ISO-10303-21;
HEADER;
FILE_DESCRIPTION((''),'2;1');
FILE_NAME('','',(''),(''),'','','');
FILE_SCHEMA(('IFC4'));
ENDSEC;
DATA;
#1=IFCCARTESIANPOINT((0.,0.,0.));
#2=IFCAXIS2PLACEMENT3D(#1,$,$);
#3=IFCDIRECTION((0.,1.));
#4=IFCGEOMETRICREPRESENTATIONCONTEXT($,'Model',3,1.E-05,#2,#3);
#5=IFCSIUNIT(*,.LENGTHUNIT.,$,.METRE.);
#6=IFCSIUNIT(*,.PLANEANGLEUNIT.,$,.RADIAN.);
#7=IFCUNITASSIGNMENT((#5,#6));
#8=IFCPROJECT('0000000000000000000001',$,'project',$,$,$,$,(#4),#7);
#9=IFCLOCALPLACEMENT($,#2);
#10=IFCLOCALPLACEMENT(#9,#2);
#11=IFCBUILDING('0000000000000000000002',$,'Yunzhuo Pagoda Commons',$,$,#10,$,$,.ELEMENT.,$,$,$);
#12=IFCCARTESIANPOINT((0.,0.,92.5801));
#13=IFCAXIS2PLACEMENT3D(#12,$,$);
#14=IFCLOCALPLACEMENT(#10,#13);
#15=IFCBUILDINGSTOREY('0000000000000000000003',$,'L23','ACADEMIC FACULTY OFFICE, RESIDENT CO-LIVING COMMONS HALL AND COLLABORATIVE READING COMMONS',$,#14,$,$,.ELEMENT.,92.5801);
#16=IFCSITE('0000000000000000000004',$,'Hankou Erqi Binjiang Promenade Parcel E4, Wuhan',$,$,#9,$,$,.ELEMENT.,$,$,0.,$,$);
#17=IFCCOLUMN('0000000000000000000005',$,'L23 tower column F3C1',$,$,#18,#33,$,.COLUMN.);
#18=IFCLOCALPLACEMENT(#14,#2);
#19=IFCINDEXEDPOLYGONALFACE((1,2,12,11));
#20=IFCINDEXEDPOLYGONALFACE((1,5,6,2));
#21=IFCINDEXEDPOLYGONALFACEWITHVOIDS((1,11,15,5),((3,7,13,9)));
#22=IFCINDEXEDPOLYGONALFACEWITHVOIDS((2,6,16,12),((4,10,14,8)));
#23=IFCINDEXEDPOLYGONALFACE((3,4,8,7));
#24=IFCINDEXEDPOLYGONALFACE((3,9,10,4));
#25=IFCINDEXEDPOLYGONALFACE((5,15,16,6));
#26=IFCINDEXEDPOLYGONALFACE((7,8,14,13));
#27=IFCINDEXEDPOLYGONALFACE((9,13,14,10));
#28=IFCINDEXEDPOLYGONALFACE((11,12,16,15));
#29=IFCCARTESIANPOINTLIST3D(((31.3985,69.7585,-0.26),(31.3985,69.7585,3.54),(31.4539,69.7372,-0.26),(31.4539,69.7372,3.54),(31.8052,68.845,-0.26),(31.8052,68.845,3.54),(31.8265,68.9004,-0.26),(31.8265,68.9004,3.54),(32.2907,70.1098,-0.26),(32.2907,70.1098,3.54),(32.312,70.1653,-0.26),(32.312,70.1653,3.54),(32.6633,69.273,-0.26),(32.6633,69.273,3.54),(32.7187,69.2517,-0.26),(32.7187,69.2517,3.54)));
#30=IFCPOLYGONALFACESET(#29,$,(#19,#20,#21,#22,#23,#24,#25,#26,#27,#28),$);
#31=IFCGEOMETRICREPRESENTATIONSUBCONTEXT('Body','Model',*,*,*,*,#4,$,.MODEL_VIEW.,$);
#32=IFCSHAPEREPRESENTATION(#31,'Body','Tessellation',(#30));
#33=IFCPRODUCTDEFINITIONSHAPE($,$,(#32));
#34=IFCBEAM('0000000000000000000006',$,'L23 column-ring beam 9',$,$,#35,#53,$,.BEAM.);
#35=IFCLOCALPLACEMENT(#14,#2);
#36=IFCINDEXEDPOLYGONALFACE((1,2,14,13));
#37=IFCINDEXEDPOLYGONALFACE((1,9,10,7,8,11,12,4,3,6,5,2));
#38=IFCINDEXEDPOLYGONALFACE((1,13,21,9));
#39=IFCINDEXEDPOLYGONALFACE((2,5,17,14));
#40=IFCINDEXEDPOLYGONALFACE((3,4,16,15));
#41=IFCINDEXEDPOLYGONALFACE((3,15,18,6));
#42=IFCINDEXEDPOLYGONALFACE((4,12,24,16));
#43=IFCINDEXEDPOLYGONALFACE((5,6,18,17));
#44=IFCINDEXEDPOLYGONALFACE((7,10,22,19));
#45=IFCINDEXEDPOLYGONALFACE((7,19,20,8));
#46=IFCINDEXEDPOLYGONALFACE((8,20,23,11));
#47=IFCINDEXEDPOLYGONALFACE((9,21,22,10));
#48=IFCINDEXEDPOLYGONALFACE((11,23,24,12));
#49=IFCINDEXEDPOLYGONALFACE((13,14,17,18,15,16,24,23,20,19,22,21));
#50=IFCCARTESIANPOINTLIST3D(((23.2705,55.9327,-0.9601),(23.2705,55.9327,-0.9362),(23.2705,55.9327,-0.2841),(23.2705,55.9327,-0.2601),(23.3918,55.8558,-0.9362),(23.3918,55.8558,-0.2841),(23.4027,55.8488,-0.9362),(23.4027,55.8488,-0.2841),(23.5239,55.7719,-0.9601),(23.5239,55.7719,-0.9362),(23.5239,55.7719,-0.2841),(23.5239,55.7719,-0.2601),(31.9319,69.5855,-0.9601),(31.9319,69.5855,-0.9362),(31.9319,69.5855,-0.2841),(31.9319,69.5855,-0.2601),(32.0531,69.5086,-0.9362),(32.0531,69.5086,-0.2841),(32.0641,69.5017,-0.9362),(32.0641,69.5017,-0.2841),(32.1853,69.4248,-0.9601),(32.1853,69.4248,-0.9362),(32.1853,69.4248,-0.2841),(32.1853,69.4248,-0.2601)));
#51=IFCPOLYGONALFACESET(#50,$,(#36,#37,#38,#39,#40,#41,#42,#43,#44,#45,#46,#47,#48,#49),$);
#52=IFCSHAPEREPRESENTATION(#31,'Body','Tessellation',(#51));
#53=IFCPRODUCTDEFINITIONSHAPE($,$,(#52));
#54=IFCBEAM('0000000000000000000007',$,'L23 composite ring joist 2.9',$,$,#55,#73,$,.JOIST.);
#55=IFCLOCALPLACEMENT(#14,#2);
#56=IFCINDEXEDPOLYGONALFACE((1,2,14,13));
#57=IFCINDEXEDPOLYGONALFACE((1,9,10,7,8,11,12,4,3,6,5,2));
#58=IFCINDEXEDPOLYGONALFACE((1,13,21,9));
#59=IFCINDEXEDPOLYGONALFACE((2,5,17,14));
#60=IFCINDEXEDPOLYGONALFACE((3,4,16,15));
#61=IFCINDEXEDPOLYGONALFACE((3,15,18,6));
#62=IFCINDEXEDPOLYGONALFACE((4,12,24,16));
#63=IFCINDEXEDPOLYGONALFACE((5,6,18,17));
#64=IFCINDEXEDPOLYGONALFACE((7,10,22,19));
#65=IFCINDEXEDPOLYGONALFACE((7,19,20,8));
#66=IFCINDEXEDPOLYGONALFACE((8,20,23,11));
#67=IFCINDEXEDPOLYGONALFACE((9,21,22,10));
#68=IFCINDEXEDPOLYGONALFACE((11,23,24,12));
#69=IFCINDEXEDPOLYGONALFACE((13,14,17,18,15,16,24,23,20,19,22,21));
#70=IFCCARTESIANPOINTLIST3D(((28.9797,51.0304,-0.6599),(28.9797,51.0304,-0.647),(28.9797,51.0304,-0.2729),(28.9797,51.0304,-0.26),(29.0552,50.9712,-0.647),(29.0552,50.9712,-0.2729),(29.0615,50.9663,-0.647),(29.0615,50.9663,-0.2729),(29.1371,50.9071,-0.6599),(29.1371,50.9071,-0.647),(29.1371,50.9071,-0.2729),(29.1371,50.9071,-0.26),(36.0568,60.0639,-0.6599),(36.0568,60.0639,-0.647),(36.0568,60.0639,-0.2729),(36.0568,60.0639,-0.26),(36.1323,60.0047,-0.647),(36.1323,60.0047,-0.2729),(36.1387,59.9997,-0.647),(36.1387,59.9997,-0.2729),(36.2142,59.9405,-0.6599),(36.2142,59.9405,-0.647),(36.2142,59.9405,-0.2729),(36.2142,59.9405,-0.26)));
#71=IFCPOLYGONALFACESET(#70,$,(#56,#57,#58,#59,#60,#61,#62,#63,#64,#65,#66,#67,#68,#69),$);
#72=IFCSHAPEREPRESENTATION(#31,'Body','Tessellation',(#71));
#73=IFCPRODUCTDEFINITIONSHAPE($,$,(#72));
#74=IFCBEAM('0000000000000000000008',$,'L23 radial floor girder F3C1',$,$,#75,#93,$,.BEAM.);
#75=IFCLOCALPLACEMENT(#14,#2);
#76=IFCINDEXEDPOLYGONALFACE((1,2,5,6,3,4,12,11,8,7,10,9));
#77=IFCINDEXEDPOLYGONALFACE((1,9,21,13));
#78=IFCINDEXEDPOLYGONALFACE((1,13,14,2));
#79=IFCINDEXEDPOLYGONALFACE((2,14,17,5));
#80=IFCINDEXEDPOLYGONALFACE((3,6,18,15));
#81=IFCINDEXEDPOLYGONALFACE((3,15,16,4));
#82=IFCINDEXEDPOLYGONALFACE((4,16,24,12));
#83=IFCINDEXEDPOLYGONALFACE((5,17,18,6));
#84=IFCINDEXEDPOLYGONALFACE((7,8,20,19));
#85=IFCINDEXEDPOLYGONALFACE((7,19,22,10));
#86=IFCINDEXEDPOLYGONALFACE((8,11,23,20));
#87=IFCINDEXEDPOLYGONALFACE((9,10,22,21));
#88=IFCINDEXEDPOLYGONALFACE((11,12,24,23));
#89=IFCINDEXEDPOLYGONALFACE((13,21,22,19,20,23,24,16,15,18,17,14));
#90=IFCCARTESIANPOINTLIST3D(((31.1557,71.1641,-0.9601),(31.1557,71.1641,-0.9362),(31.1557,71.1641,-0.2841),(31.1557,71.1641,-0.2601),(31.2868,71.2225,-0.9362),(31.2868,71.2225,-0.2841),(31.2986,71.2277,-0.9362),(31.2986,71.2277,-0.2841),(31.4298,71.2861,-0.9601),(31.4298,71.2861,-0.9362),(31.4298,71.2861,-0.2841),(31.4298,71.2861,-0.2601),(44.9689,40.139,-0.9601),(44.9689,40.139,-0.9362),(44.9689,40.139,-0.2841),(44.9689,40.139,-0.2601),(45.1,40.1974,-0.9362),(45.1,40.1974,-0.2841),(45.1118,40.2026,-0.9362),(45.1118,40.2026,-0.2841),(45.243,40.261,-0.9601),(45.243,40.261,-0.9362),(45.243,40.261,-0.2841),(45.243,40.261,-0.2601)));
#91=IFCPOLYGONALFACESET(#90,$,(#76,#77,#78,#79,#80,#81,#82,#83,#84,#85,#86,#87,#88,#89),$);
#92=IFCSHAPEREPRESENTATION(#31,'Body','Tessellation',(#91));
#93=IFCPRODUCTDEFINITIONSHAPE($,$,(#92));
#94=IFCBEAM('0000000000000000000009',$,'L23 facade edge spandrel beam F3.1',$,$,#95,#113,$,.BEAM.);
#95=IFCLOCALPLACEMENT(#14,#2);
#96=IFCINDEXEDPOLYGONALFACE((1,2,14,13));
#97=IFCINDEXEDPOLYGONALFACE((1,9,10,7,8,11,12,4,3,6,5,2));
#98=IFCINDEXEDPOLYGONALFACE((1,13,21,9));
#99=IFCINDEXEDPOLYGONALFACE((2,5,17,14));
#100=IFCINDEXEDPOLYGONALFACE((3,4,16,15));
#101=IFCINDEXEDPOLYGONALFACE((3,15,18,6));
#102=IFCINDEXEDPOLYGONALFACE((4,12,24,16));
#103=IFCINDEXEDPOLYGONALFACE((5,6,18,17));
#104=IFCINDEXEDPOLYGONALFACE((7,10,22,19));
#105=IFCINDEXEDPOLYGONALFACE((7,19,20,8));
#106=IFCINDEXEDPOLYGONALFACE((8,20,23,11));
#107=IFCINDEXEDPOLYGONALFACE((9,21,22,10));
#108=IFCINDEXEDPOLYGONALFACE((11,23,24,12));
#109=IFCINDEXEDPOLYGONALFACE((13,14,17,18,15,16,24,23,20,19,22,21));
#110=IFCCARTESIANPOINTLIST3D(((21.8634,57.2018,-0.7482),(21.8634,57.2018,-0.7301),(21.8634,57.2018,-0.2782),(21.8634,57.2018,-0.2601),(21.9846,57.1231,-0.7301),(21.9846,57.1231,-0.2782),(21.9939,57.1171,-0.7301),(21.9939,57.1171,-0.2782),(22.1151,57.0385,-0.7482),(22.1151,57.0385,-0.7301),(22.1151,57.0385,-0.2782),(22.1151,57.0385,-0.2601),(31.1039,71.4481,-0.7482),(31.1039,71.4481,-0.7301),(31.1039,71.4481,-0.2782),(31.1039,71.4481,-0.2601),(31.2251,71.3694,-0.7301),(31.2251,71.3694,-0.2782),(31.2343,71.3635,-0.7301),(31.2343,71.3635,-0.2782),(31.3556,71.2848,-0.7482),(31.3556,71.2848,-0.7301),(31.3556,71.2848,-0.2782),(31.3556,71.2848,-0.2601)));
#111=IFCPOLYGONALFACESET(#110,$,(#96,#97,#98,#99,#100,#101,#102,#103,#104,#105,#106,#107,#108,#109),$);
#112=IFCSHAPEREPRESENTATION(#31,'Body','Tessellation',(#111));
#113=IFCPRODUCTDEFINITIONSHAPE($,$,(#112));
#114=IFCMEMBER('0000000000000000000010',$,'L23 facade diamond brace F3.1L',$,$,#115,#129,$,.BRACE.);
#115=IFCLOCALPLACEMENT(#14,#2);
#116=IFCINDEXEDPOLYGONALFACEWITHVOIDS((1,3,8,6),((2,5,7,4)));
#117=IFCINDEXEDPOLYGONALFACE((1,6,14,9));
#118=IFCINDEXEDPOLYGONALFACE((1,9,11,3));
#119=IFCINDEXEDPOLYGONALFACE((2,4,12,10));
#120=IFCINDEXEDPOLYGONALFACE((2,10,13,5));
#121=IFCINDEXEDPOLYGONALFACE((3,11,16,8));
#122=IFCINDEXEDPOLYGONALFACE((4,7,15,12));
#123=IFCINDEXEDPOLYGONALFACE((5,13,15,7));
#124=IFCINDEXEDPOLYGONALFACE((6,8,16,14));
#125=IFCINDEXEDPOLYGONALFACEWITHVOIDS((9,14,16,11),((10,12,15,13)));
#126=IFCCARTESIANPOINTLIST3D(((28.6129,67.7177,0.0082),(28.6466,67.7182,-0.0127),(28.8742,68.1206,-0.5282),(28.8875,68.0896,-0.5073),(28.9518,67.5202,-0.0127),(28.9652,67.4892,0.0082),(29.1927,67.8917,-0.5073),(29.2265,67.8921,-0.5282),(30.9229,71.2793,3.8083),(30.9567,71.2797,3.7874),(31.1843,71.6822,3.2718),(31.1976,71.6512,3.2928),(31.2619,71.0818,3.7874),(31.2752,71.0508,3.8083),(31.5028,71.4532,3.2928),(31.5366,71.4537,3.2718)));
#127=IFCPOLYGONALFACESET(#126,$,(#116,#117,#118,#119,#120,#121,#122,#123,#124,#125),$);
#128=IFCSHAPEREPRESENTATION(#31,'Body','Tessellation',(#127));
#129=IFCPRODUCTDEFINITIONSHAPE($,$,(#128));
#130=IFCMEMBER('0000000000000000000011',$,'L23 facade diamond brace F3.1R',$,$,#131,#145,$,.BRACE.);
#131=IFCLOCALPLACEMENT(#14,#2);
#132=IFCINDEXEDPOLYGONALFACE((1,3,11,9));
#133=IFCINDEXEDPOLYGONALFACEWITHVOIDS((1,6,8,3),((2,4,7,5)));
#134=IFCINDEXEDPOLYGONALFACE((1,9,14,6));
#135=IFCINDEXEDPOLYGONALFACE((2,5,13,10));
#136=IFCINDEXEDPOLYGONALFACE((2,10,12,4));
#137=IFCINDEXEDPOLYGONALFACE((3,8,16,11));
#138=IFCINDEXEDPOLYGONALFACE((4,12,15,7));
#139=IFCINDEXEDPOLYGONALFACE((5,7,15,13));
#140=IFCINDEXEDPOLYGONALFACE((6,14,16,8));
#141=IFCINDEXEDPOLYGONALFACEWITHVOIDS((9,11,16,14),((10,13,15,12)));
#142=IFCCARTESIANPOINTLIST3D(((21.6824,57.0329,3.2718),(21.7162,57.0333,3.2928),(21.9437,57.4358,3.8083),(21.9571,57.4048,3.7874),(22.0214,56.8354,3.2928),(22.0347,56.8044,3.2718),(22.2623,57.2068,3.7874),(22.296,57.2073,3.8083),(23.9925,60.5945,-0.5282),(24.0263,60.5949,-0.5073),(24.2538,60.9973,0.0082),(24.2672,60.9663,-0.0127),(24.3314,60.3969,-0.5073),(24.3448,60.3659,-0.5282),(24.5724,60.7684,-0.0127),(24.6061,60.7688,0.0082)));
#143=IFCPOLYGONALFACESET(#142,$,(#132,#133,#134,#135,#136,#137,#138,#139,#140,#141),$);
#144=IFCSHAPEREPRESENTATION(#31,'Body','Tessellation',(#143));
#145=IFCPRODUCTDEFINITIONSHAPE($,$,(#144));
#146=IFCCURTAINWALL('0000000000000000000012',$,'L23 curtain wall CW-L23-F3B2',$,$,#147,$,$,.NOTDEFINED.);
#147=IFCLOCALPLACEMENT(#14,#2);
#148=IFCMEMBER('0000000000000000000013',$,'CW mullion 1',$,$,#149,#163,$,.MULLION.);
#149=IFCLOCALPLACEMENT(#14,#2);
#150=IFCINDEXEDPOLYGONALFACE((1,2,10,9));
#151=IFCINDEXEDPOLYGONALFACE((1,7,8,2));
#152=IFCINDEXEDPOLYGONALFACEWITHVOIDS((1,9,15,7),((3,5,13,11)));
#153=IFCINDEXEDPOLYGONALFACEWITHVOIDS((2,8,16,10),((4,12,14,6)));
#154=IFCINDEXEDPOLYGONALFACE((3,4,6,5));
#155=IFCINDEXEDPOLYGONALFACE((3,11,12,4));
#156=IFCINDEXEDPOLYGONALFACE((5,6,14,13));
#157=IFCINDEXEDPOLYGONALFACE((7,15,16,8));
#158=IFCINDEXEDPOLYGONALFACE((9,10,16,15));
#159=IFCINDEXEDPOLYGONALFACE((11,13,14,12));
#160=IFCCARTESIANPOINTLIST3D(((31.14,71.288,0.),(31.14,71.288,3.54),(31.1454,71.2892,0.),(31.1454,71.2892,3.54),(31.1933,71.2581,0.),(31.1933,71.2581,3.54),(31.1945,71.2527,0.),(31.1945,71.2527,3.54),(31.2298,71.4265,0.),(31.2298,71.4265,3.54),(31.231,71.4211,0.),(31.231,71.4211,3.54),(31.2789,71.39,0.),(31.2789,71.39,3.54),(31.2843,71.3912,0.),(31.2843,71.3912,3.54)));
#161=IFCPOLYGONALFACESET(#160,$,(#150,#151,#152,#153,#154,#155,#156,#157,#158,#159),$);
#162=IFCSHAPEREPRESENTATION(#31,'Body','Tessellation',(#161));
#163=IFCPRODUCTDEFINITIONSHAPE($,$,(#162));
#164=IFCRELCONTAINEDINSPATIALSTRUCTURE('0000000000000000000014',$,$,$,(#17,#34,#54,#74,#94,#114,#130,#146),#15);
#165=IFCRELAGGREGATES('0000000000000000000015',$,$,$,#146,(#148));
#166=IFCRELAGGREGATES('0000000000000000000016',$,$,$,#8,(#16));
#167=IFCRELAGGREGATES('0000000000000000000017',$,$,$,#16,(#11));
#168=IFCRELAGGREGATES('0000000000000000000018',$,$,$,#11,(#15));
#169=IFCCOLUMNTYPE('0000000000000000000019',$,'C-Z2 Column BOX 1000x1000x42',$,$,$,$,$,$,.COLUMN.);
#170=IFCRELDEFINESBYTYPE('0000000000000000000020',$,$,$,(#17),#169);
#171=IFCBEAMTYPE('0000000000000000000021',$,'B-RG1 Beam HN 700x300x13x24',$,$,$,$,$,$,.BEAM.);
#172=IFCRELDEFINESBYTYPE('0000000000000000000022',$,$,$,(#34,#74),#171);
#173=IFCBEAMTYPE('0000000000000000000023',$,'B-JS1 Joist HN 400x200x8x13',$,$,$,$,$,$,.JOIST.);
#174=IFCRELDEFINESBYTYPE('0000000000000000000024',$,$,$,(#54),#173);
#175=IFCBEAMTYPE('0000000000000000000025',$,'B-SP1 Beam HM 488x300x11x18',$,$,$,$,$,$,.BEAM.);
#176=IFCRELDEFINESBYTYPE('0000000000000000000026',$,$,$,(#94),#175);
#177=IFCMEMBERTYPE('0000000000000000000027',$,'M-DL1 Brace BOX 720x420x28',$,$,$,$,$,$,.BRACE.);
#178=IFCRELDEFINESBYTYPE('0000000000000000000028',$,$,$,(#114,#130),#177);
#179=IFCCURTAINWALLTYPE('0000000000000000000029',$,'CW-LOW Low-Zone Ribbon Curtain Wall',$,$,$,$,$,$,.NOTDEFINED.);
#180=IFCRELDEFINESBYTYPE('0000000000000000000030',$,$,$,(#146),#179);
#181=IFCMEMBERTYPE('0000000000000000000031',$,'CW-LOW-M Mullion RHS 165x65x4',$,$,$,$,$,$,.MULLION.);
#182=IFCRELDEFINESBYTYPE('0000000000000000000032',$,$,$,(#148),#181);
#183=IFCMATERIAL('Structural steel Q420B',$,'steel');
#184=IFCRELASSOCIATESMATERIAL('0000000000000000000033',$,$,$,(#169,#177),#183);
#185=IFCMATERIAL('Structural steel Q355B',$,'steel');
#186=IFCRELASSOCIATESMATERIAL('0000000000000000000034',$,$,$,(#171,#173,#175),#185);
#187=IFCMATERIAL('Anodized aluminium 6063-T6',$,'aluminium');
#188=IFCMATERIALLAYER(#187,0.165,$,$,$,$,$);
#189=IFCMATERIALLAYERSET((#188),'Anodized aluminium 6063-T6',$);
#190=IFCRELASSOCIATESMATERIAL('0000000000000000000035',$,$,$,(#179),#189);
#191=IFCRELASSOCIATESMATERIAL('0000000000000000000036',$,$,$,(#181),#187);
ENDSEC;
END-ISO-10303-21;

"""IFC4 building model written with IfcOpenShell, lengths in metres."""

from ifc_helpers import new_model, si_unit, direction, frame, origin, origin_2d, place, context, subcontext, project, spatial, hollow_rectangle, i_section, extrude, source, transform, mapped, material, layer, layer_set, material_profile, profile_set, type_object, element, aggregate, save


model = new_model("IFC4")

# Units and contexts
model_context = context("Model", 3, precision=1e-05, world=origin(), true_north=direction((0.0, 1.0)))
body_context = subcontext(model_context, "Body", "Model", "MODEL_VIEW")
ifc_project = project(units=[si_unit("LENGTHUNIT", "METRE"), si_unit("PLANEANGLEUNIT", "RADIAN")], contexts=[model_context])

# Site, building, storey
site_placement = place(None, origin())
site = spatial("IfcSite", under=ifc_project, at=site_placement, Name="Hankou Erqi Binjiang Promenade Parcel E4, Wuhan", CompositionType="ELEMENT", RefElevation=0.0)
building_placement = place(site_placement, origin())
building = spatial("IfcBuilding", under=site, at=building_placement, Name="Yunzhuo Pagoda Commons", CompositionType="ELEMENT")
storey_placement = place(building_placement, frame((0.0, 0.0, 92.5801)))
storey = spatial("IfcBuildingStorey", under=building, at=storey_placement, Name="L23", Description="ACADEMIC FACULTY OFFICE, RESIDENT CO-LIVING COMMONS HALL AND COLLABORATIVE READING COMMONS", CompositionType="ELEMENT", Elevation=92.5801)

# Column
ifc_material_1 = material(Name="Structural steel Q420B", Category="steel")
ifc_material_profile_1 = material_profile(ifc_material_1, hollow_rectangle(XDim=1.0, YDim=1.0, WallThickness=0.042, at=origin_2d()), Name="Structural steel Q420B")
ifc_profile_set_1 = profile_set([ifc_material_profile_1], Name="Structural steel Q420B")
column_type = type_object("IfcColumnType", Name="C-Z2 Column BOX 1000x1000x42", PredefinedType="COLUMN", material=ifc_profile_set_1)
shared_shape_1 = source(origin(), body_context, "Body", "SweptSolid", [
    extrude(hollow_rectangle(XDim=1.0, YDim=1.0, WallThickness=0.042, at=origin_2d()), origin(), (0.0, 0.0, 1.0), 3.8),
])
column_placement = place(storey_placement, frame((32.0586, 69.5051, -0.26), z_axis=(0.0, 0.0, 1.0), x_axis=(-0.913545, -0.406737, 0.0)))
element("IfcColumn", 1, at=column_placement, inside=storey, type_object=column_type, Name="L23 tower column F3C1", PredefinedType="COLUMN", context=body_context, shape_type="MappedRepresentation", body=[
    mapped(shared_shape_1, transform((0.0, 0.0, 0.0), scale=1.0)),
])

# Beams
ifc_material_2 = material(Name="Structural steel Q355B", Category="steel")
ifc_material_profile_2 = material_profile(ifc_material_2, i_section(OverallWidth=0.3, OverallDepth=0.7, WebThickness=0.0129, FlangeThickness=0.0239, at=origin_2d()), Name="Structural steel Q355B")
ifc_profile_set_2 = profile_set([ifc_material_profile_2], Name="Structural steel Q355B")
beam_type_1 = type_object("IfcBeamType", Name="B-RG1 Beam HN 700x300x13x24", PredefinedType="BEAM", material=ifc_profile_set_2)
shared_shape_2 = source(origin(), body_context, "Body", "SweptSolid", [
    extrude(i_section(OverallWidth=0.3, OverallDepth=0.7, WebThickness=0.0129, FlangeThickness=0.0239, at=origin_2d()), origin(), (0.0, 0.0, 1.0), 16.1685),
])
beam_1_placement = place(storey_placement, frame((32.0586, 69.5051, -0.6101), z_axis=(-0.535696, -0.844411, 0.0), x_axis=(0.844411, -0.535696, 0.0)))
element("IfcBeam", 2, at=beam_1_placement, inside=storey, type_object=beam_type_1, Name="L23 column-ring beam 9", PredefinedType="BEAM", context=body_context, shape_type="MappedRepresentation", body=[
    mapped(shared_shape_2, transform((0.0, 0.0, 0.0), scale=1.0)),
])
ifc_material_profile_3 = material_profile(ifc_material_2, i_section(OverallWidth=0.2, OverallDepth=0.3999, WebThickness=0.0081, FlangeThickness=0.0129, at=origin_2d()), Name="Structural steel Q355B")
ifc_profile_set_3 = profile_set([ifc_material_profile_3], Name="Structural steel Q355B")
beam_type_2 = type_object("IfcBeamType", Name="B-JS1 Joist HN 400x200x8x13", PredefinedType="JOIST", material=ifc_profile_set_3)
shared_shape_3 = source(origin(), body_context, "Body", "SweptSolid", [
    extrude(i_section(OverallWidth=0.2, OverallDepth=0.3999, WebThickness=0.0081, FlangeThickness=0.0129, at=origin_2d()), origin(), (0.0, 0.0, 1.0), 11.4756),
])
beam_2_placement = place(storey_placement, frame((36.1355, 60.0022, -0.46), z_axis=(-0.616713, -0.787188, 0.0), x_axis=(0.787188, -0.616713, 0.0)))
element("IfcBeam", 3, at=beam_2_placement, inside=storey, type_object=beam_type_2, Name="L23 composite ring joist 2.9", PredefinedType="JOIST", context=body_context, shape_type="MappedRepresentation", body=[
    mapped(shared_shape_3, transform((0.0, 0.0, 0.0), scale=1.0)),
])
shared_shape_4 = source(origin(), body_context, "Body", "SweptSolid", [
    extrude(i_section(OverallWidth=0.3, OverallDepth=0.7, WebThickness=0.0129, FlangeThickness=0.0239, at=origin_2d()), origin(), (0.0, 0.0, 1.0), 33.9612),
])
beam_3_placement = place(storey_placement, frame((31.2927, 71.2251, -0.6101), z_axis=(0.406735, -0.913546, 0.0), x_axis=(0.913546, 0.406735, 0.0)))
element("IfcBeam", 4, at=beam_3_placement, inside=storey, type_object=beam_type_1, Name="L23 radial floor girder F3C1", PredefinedType="BEAM", context=body_context, shape_type="MappedRepresentation", body=[
    mapped(shared_shape_4, transform((0.0, 0.0, 0.0), scale=1.0)),
])
ifc_material_profile_4 = material_profile(ifc_material_2, i_section(OverallWidth=0.3, OverallDepth=0.488, WebThickness=0.011, FlangeThickness=0.0181, at=origin_2d()), Name="Structural steel Q355B")
ifc_profile_set_4 = profile_set([ifc_material_profile_4], Name="Structural steel Q355B")
beam_type_3 = type_object("IfcBeamType", Name="B-SP1 Beam HM 488x300x11x18", PredefinedType="BEAM", material=ifc_profile_set_4)
shared_shape_5 = source(origin(), body_context, "Body", "SweptSolid", [
    extrude(i_section(OverallWidth=0.3, OverallDepth=0.488, WebThickness=0.011, FlangeThickness=0.0181, at=origin_2d()), origin(), (0.0, 0.0, 1.0), 16.9807),
])
beam_4_placement = place(storey_placement, frame((31.2297, 71.3665, -0.5042), z_axis=(-0.544175, -0.838972, 0.0), x_axis=(0.838972, -0.544175, 0.0)))
element("IfcBeam", 5, at=beam_4_placement, inside=storey, type_object=beam_type_3, Name="L23 facade edge spandrel beam F3.1", PredefinedType="BEAM", context=body_context, shape_type="MappedRepresentation", body=[
    mapped(shared_shape_5, transform((0.0, 0.0, 0.0), scale=1.0)),
])

# Members
ifc_material_profile_5 = material_profile(ifc_material_1, hollow_rectangle(XDim=0.4199, YDim=0.72, WallThickness=0.0281, at=origin_2d()), Name="Structural steel Q420B")
ifc_profile_set_5 = profile_set([ifc_material_profile_5], Name="Structural steel Q420B")
member_type_1 = type_object("IfcMemberType", Name="M-DL1 Brace BOX 720x420x28", PredefinedType="BRACE", material=ifc_profile_set_5)
shared_shape_6 = source(origin(), body_context, "Body", "SweptSolid", [
    extrude(hollow_rectangle(XDim=0.4199, YDim=0.72, WallThickness=0.0281, at=origin_2d()), origin(), (0.0, 0.0, 1.0), 5.6975),
])
for number, where, z_axis, x_axis, name in (
    (6, (28.9197, 67.8049, -0.26), (0.405453, 0.625106, 0.666971), (-0.838974, 0.544171, 0.0), "L23 facade diamond brace F3.1L"),
    (7, (24.2993, 60.6816, -0.26), (-0.405453, -0.625106, 0.666971), (0.838974, -0.544171, 0.0), "L23 facade diamond brace F3.1R"),
):
    element("IfcMember", number, at=place(storey_placement, frame(where, z_axis=z_axis, x_axis=x_axis)), inside=storey, type_object=member_type_1, Name=name, PredefinedType="BRACE", context=body_context, shape_type="MappedRepresentation", body=[
        mapped(shared_shape_6, transform((0.0, 0.0, 0.0), scale=1.0)),
    ])

# Curtain wall, member
ifc_material_3 = material(Name="Anodized aluminium 6063-T6", Category="aluminium")
ifc_layer_1 = layer(ifc_material_3, 0.165)
ifc_layer_set_1 = layer_set([ifc_layer_1], Name="Anodized aluminium 6063-T6")
curtain_wall_type = type_object("IfcCurtainWallType", Name="CW-LOW Low-Zone Ribbon Curtain Wall", PredefinedType="NOTDEFINED", material=ifc_layer_set_1)
curtain_wall_1_placement = place(storey_placement, origin())
curtain_wall_1 = element("IfcCurtainWall", 8, at=curtain_wall_1_placement, inside=storey, type_object=curtain_wall_type, Name="L23 curtain wall CW-L23-F3B2", PredefinedType="NOTDEFINED")
ifc_material_profile_6 = material_profile(ifc_material_3, hollow_rectangle(XDim=0.0649, YDim=0.165, WallThickness=0.0039, at=origin_2d()), Name="Anodized aluminium 6063-T6")
ifc_profile_set_6 = profile_set([ifc_material_profile_6], Name="Anodized aluminium 6063-T6")
member_type_2 = type_object("IfcMemberType", Name="CW-LOW-M Mullion RHS 165x65x4", PredefinedType="MULLION", material=ifc_profile_set_6)
shared_shape_7 = source(origin(), body_context, "Body", "SweptSolid", [
    extrude(hollow_rectangle(XDim=0.0649, YDim=0.165, WallThickness=0.0039, at=origin_2d()), origin(), (0.0, 0.0, 1.0), 3.54),
])
member_1_placement = place(storey_placement, frame((31.2122, 71.3396, 0.0), z_axis=(0.0, 0.0, 1.0), x_axis=(0.838972, -0.544174, 0.0)))
member_1 = element("IfcMember", 9, at=member_1_placement, type_object=member_type_2, Name="CW mullion 1", PredefinedType="MULLION", context=body_context, shape_type="MappedRepresentation", body=[
    mapped(shared_shape_7, transform((0.0, 0.0, 0.0), scale=1.0)),
])

aggregate(curtain_wall_1, [member_1])

save(model, "model.ifc")
